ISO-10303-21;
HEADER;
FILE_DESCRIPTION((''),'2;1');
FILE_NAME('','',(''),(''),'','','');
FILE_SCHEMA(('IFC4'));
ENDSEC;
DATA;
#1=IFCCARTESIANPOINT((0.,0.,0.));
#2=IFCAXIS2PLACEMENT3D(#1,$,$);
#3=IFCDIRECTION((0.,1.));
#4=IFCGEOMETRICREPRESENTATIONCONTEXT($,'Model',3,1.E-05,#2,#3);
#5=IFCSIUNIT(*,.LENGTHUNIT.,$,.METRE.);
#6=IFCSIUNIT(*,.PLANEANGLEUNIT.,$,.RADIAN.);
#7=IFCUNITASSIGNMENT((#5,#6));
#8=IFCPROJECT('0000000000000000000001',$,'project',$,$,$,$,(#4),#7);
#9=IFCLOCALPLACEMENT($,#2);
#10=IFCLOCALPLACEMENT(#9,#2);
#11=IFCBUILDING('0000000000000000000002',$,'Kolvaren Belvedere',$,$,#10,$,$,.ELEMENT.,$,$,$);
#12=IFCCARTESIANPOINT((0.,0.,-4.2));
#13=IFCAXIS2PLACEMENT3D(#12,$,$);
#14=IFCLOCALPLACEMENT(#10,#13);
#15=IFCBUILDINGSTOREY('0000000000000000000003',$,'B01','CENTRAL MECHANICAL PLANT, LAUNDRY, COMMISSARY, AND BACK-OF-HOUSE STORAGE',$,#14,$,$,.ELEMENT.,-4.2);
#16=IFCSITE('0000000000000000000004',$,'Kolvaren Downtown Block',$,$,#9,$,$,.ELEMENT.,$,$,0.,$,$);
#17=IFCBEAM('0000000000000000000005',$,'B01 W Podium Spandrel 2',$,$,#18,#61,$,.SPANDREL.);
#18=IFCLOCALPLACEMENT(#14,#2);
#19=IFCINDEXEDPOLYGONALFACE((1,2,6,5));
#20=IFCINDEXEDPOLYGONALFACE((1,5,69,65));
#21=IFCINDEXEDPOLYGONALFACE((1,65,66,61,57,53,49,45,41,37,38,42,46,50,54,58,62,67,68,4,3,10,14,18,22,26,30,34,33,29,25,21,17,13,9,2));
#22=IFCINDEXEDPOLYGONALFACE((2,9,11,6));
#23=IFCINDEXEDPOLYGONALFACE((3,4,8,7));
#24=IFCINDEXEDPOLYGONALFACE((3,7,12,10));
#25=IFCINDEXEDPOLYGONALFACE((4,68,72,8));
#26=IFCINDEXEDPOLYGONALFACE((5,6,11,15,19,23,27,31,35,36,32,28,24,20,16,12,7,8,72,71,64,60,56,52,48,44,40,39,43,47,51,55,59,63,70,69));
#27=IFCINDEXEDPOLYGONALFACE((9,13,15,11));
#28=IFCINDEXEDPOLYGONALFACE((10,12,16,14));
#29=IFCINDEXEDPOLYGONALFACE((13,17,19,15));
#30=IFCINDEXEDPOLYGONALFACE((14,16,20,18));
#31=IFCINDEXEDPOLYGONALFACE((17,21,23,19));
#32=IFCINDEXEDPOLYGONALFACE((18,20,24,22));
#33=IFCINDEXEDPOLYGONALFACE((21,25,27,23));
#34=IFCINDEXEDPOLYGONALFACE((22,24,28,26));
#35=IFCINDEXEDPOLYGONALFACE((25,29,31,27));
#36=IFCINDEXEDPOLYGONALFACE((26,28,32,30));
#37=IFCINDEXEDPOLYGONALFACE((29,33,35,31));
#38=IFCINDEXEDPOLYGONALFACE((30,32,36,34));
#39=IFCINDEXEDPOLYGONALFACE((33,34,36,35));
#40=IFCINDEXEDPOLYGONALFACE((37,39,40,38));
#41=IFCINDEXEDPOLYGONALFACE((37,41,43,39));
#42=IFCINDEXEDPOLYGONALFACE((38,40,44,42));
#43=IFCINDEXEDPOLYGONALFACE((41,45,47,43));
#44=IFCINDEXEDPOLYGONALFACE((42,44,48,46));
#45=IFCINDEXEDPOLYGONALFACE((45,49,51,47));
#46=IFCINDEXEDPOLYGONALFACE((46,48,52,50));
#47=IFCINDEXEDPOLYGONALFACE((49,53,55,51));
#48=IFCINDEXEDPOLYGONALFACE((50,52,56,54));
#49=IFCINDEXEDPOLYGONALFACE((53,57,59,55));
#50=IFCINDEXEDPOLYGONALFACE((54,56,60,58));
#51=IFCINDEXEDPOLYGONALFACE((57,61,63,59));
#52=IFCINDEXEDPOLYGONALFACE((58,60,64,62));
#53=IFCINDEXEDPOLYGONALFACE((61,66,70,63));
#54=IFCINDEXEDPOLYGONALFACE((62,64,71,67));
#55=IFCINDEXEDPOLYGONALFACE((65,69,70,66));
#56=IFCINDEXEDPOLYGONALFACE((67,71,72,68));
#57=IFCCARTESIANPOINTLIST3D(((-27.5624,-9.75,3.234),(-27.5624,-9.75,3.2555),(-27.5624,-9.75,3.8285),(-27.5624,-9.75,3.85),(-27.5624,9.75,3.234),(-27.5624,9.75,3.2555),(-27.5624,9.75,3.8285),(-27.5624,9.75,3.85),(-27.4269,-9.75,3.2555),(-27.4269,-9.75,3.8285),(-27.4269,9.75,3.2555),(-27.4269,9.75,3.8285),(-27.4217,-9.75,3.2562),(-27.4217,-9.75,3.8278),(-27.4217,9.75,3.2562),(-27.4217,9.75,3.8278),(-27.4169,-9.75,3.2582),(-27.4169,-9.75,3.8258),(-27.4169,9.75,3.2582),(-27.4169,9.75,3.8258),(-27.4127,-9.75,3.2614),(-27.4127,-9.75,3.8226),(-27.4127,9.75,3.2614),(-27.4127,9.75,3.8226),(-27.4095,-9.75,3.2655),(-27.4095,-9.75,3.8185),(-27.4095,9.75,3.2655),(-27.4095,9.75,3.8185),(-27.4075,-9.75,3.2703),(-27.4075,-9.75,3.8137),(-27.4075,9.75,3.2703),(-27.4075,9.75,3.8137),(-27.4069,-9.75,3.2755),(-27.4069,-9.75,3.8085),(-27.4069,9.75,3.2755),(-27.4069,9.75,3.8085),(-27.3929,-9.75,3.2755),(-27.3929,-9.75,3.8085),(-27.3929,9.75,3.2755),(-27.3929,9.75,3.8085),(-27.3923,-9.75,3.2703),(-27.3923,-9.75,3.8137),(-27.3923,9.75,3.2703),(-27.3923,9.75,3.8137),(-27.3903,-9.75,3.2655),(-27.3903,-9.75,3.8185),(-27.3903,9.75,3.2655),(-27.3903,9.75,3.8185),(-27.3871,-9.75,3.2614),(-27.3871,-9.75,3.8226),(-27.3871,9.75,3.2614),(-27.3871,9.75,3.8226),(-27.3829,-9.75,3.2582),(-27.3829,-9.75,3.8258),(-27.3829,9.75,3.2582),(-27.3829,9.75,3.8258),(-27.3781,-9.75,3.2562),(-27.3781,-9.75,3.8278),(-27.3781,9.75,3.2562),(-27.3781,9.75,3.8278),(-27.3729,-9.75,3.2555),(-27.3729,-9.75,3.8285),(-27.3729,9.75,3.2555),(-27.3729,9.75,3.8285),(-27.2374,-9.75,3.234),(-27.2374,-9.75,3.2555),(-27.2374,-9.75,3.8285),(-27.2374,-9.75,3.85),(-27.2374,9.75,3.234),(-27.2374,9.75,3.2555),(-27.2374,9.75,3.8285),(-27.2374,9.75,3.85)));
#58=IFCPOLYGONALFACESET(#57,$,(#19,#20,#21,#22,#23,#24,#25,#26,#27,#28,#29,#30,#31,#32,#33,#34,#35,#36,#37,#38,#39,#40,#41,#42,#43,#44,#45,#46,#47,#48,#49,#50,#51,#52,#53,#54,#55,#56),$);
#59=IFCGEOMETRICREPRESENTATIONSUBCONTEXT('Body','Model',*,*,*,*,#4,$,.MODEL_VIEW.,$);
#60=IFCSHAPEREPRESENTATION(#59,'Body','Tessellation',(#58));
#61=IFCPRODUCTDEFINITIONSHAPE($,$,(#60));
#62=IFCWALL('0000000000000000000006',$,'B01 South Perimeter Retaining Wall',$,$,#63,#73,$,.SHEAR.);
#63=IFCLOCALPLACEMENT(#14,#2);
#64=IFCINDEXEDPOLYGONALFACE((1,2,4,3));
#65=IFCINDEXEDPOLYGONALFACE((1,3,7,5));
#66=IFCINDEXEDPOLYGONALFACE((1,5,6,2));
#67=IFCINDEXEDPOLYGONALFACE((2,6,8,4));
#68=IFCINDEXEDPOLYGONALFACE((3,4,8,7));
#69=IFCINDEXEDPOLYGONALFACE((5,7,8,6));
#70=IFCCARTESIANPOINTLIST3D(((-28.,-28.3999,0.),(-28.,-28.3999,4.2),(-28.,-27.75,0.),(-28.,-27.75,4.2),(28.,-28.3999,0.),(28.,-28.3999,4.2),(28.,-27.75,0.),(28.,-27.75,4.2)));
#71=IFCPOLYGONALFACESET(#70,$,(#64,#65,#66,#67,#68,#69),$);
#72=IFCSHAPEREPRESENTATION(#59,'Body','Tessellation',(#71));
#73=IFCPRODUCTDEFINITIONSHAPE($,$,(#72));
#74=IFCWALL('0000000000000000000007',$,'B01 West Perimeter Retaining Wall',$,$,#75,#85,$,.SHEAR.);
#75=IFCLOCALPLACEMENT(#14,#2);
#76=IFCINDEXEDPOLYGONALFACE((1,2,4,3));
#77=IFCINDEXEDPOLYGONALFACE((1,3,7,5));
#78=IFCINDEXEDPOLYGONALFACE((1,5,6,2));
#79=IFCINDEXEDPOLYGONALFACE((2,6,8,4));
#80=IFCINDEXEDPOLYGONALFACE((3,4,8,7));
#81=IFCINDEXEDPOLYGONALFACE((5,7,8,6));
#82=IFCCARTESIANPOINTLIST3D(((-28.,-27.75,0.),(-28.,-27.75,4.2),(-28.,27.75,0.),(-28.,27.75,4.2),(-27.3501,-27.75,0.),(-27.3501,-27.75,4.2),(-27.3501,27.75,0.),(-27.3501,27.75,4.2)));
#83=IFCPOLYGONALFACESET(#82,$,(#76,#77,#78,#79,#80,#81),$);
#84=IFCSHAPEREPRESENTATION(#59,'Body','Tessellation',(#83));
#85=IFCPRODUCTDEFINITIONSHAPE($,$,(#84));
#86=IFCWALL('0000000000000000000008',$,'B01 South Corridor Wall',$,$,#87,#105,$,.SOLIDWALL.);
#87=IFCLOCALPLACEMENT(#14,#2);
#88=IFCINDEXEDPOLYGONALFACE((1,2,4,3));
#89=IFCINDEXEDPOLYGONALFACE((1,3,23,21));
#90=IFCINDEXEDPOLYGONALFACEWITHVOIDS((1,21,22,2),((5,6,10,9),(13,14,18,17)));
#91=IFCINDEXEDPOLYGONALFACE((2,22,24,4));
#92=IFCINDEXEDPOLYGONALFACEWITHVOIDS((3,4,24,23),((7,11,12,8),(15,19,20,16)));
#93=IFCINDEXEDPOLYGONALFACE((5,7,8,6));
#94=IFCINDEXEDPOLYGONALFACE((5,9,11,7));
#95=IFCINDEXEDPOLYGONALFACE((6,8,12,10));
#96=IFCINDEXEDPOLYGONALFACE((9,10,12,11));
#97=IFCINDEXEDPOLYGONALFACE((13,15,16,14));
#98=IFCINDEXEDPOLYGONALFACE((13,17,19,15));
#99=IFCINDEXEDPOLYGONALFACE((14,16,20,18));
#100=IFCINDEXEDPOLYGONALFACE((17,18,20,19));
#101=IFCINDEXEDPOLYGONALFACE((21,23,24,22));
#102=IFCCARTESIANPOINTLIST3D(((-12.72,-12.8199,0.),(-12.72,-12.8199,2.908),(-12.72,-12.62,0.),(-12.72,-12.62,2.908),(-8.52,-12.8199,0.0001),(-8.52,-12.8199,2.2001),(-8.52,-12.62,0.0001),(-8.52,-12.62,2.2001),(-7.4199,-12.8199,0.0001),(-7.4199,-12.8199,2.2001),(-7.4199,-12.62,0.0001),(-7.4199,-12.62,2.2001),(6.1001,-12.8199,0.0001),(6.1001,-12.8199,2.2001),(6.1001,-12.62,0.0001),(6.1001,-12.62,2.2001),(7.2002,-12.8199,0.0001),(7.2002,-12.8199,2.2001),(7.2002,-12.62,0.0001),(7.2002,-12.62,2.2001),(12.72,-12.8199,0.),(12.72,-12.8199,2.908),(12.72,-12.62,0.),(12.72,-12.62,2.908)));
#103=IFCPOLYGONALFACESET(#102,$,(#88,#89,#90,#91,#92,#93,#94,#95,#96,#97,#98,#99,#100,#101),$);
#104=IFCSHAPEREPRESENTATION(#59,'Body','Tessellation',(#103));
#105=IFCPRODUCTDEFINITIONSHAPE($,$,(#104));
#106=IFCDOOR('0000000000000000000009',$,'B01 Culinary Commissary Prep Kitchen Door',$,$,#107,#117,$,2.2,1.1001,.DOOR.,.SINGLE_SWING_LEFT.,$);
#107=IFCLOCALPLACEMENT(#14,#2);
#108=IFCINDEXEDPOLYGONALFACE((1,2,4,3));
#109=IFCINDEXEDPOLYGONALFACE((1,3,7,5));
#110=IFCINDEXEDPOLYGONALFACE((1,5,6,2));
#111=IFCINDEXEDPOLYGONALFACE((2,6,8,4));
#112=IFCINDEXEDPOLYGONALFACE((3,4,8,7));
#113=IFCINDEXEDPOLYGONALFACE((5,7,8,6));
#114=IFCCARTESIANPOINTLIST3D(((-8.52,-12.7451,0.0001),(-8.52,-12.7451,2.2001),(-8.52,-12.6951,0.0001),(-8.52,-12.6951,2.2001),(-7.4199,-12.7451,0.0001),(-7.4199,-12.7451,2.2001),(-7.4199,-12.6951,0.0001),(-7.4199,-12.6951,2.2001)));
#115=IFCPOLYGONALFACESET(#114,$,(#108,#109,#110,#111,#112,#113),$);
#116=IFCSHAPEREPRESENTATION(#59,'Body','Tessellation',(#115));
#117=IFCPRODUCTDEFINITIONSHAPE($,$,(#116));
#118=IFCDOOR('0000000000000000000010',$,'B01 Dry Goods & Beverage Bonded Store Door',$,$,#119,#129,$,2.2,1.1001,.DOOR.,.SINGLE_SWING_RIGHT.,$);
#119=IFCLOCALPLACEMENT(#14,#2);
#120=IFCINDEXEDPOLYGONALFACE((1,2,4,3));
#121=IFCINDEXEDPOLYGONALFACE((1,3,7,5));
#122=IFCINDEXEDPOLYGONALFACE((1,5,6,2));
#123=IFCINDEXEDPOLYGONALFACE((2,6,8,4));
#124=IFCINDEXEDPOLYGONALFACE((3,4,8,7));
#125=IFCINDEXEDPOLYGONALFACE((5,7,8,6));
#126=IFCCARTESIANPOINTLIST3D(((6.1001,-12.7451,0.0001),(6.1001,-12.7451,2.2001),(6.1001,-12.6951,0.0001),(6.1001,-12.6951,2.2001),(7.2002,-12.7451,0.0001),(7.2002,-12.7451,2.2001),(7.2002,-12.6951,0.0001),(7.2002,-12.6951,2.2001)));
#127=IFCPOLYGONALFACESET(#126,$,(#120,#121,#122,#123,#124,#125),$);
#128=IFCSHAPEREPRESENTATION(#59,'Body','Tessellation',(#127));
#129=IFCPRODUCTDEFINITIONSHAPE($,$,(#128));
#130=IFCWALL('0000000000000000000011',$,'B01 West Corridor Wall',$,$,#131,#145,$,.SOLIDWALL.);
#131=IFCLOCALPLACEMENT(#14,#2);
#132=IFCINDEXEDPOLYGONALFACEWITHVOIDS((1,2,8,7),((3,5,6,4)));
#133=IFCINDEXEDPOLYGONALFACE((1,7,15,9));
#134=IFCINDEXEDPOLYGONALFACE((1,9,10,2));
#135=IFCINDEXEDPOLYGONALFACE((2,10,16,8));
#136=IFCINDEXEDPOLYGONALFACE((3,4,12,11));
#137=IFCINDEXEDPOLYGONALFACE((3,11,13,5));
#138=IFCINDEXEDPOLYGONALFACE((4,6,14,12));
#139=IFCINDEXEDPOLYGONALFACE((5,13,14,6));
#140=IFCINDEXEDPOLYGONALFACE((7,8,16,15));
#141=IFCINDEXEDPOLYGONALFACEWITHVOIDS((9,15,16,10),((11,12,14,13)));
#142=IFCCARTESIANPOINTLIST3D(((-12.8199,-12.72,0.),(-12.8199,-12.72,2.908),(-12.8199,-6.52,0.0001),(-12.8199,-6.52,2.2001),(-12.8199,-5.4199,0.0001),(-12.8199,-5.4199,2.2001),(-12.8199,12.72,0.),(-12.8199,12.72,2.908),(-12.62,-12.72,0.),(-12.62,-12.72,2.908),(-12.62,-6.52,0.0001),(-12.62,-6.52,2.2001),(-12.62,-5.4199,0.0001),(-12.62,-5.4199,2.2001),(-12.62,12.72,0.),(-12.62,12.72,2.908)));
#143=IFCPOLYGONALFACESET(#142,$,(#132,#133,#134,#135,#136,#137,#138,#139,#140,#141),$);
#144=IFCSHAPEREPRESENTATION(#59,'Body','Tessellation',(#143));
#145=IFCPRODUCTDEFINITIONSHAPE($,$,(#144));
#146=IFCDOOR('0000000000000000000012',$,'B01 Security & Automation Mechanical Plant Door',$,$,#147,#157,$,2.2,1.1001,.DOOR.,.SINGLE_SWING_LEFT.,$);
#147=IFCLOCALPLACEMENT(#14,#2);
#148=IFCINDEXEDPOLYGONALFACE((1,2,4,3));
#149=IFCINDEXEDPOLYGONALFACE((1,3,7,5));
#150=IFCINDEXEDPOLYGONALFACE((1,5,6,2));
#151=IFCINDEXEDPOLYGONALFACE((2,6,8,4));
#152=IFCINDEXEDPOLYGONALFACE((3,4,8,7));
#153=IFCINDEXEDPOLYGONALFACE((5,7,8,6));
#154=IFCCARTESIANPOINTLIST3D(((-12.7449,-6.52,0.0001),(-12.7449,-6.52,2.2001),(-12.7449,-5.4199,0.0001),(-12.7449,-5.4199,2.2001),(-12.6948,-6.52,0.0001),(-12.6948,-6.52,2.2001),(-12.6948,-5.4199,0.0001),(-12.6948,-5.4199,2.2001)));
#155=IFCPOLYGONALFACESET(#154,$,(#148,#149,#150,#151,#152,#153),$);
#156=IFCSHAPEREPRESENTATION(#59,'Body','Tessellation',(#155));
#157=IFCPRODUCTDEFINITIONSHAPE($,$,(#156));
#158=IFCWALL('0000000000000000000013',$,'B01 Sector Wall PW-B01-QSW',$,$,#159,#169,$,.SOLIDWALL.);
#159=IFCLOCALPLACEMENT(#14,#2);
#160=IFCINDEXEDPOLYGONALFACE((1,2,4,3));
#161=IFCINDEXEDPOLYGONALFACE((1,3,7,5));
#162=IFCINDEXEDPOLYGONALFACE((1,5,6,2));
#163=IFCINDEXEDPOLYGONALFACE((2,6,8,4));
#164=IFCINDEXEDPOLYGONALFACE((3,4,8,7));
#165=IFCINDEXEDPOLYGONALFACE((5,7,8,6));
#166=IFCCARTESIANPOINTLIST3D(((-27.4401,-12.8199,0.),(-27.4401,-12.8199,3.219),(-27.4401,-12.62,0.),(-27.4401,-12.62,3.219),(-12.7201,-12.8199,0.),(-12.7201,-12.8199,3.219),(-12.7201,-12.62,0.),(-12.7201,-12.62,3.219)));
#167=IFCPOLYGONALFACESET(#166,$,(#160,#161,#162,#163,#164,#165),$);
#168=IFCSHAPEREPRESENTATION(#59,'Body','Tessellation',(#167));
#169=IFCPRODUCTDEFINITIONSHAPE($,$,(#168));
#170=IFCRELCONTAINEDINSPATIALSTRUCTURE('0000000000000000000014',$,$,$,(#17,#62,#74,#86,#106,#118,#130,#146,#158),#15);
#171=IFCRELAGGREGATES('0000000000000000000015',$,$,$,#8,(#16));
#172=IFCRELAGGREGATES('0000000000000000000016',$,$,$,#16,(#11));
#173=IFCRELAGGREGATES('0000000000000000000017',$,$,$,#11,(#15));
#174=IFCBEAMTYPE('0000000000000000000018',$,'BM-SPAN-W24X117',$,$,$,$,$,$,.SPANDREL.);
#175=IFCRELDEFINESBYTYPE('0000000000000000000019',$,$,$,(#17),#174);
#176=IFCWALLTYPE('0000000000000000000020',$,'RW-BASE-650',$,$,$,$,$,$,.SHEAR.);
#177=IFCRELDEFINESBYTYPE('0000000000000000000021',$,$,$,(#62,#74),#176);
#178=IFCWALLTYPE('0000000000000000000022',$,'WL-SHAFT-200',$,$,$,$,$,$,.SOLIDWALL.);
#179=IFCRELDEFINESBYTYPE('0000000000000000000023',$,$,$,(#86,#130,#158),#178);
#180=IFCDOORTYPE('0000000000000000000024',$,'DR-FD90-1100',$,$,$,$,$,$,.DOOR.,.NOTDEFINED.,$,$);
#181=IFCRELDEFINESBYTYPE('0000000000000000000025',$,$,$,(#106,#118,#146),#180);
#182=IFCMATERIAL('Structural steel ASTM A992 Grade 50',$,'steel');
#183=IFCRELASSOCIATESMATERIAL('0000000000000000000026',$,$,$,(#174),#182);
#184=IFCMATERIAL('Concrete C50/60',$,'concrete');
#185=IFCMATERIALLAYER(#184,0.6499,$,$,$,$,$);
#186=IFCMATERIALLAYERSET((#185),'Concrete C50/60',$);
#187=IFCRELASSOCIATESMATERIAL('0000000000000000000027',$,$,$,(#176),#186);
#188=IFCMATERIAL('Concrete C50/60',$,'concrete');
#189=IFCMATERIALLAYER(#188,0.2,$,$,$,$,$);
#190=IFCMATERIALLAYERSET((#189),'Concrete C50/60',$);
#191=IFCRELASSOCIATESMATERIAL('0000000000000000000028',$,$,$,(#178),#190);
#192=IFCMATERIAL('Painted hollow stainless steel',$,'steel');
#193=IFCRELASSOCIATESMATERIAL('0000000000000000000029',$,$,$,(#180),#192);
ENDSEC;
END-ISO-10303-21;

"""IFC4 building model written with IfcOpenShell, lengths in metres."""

from ifc_helpers import new_model, si_unit, direction, frame, frame_2d, origin, origin_2d, place, context, subcontext, project, spatial, rectangle, i_section, extrude, material, layer, layer_set, material_profile, profile_set, type_object, element, fill, save


model = new_model("IFC4")

# Units and contexts
model_context = context("Model", 3, precision=1e-05, world=origin(), true_north=direction((0.0, 1.0)))
body_context = subcontext(model_context, "Body", "Model", "MODEL_VIEW")
ifc_project = project(units=[si_unit("LENGTHUNIT", "METRE"), si_unit("PLANEANGLEUNIT", "RADIAN")], contexts=[model_context])

# Site, building, storey
site_placement = place(None, origin())
site = spatial("IfcSite", under=ifc_project, at=site_placement, Name="Kolvaren Downtown Block", CompositionType="ELEMENT", RefElevation=0.0)
building_placement = place(site_placement, origin())
building = spatial("IfcBuilding", under=site, at=building_placement, Name="Kolvaren Belvedere", CompositionType="ELEMENT")
storey_placement = place(building_placement, frame((0.0, 0.0, -4.2)))
storey = spatial("IfcBuildingStorey", under=building, at=storey_placement, Name="B01", Description="CENTRAL MECHANICAL PLANT, LAUNDRY, COMMISSARY, AND BACK-OF-HOUSE STORAGE", CompositionType="ELEMENT", Elevation=-4.2)

# Beam
ifc_material_1 = material(Name="Structural steel ASTM A992 Grade 50", Category="steel")
ifc_material_profile_1 = material_profile(ifc_material_1, i_section(OverallWidth=0.325, OverallDepth=0.616, WebThickness=0.0139, FlangeThickness=0.0215, FilletRadius=0.02, at=origin_2d()), Name="W24X117")
ifc_profile_set_1 = profile_set([ifc_material_profile_1], Name="Structural steel ASTM A992 Grade 50")
beam_type_1 = type_object("IfcBeamType", Name="BM-SPAN-W24X117", PredefinedType="SPANDREL", material=ifc_profile_set_1)
beam_1_placement = place(storey_placement, frame((-27.3999, -9.75, 3.542), z_axis=(0.0, 1.0, 0.0), x_axis=(-1.0, 0.0, 0.0)))
element("IfcBeam", 1, at=beam_1_placement, inside=storey, type_object=beam_type_1, Name="B01 W Podium Spandrel 2", PredefinedType="SPANDREL", context=body_context, shape_type="SweptSolid", body=[
    extrude(i_section(OverallWidth=0.325, OverallDepth=0.616, WebThickness=0.0139, FlangeThickness=0.0215, FilletRadius=0.02, at=origin_2d()), origin(), (0.0, 0.0, 1.0), 19.5),
])

# Walls
ifc_material_2 = material(Name="Concrete C50/60", Category="concrete")
ifc_layer_1 = layer(ifc_material_2, 0.6499)
ifc_layer_set_1 = layer_set([ifc_layer_1], Name="Concrete C50/60")
wall_type_1 = type_object("IfcWallType", Name="RW-BASE-650", PredefinedType="SHEAR", material=ifc_layer_set_1)
wall_1_placement = place(storey_placement, frame((-28.0, -28.075, 0.0), z_axis=(0.0, 0.0, 1.0), x_axis=(1.0, 0.0, 0.0)))
element("IfcWall", 2, at=wall_1_placement, inside=storey, type_object=wall_type_1, Name="B01 South Perimeter Retaining Wall", PredefinedType="SHEAR", context=body_context, shape_type="SweptSolid", body=[
    extrude(rectangle(XDim=56.0, YDim=0.6499, at=frame_2d((28.0, 0.0))), origin(), (0.0, 0.0, 1.0), 4.2),
])
wall_2_placement = place(storey_placement, frame((-27.675, -27.75, 0.0), z_axis=(0.0, 0.0, 1.0), x_axis=(0.0, 1.0, 0.0)))
element("IfcWall", 3, at=wall_2_placement, inside=storey, type_object=wall_type_1, Name="B01 West Perimeter Retaining Wall", PredefinedType="SHEAR", context=body_context, shape_type="SweptSolid", body=[
    extrude(rectangle(XDim=55.5, YDim=0.6499, at=frame_2d((27.75, 0.0))), origin(), (0.0, 0.0, 1.0), 4.2),
])

# Wall, openings, doors
ifc_material_3 = material(Name="Concrete C50/60", Category="concrete")
ifc_layer_2 = layer(ifc_material_3, 0.2)
ifc_layer_set_2 = layer_set([ifc_layer_2], Name="Concrete C50/60")
wall_type_2 = type_object("IfcWallType", Name="WL-SHAFT-200", PredefinedType="SOLIDWALL", material=ifc_layer_set_2)
wall_3_placement = place(storey_placement, frame((-12.72, -12.72, 0.0), z_axis=(0.0, 0.0, 1.0), x_axis=(1.0, 0.0, 0.0)))
wall_3 = element("IfcWall", 4, at=wall_3_placement, inside=storey, type_object=wall_type_2, Name="B01 South Corridor Wall", PredefinedType="SOLIDWALL", context=body_context, shape_type="SweptSolid", body=[
    extrude(rectangle(XDim=25.4399, YDim=0.2, at=frame_2d((12.72, 0.0))), origin(), (0.0, 0.0, 1.0), 2.908),
])
opening_1_placement = place(wall_3_placement, frame((4.2, 0.0, 0.0)))
opening_1 = element("IfcOpeningElement", 5, at=opening_1_placement, cuts=wall_3, PredefinedType="OPENING", context=body_context, shape_type="SweptSolid", body=[
    extrude(rectangle(XDim=1.1001, YDim=2.2, at=frame_2d((0.55, 1.1001))), frame((0.0, 0.1099, 0.0), z_axis=(0.0, -1.0, 0.0), x_axis=(1.0, 0.0, 0.0)), (0.0, 0.0, 1.0), 0.22),
])
opening_2_placement = place(wall_3_placement, frame((18.8201, 0.0, 0.0)))
opening_2 = element("IfcOpeningElement", 6, at=opening_2_placement, cuts=wall_3, PredefinedType="OPENING", context=body_context, shape_type="SweptSolid", body=[
    extrude(rectangle(XDim=1.1001, YDim=2.2, at=frame_2d((0.55, 1.1001))), frame((0.0, 0.1099, 0.0), z_axis=(0.0, -1.0, 0.0), x_axis=(1.0, 0.0, 0.0)), (0.0, 0.0, 1.0), 0.22),
])
ifc_material_4 = material(Name="Painted hollow stainless steel", Category="steel")
door_type = type_object("IfcDoorType", Name="DR-FD90-1100", OperationType="NOTDEFINED", PredefinedType="DOOR", material=ifc_material_4)
door_1_placement = place(opening_1_placement, origin())
door_1 = element("IfcDoor", 7, at=door_1_placement, inside=storey, type_object=door_type, Name="B01 Culinary Commissary Prep Kitchen Door", OperationType="SINGLE_SWING_LEFT", OverallHeight=2.2, OverallWidth=1.1001, PredefinedType="DOOR", context=body_context, shape_type="SweptSolid", body=[
    extrude(rectangle(XDim=1.1001, YDim=2.2, at=frame_2d((0.55, 1.1001))), frame((0.0, 0.0249, 0.0), z_axis=(0.0, -1.0, 0.0), x_axis=(1.0, 0.0, 0.0)), (0.0, 0.0, 1.0), 0.05),
])
fill(opening_1, door_1)
door_2_placement = place(opening_2_placement, origin())
door_2 = element("IfcDoor", 8, at=door_2_placement, inside=storey, type_object=door_type, Name="B01 Dry Goods & Beverage Bonded Store Door", OperationType="SINGLE_SWING_RIGHT", OverallHeight=2.2, OverallWidth=1.1001, PredefinedType="DOOR", context=body_context, shape_type="SweptSolid", body=[
    extrude(rectangle(XDim=1.1001, YDim=2.2, at=frame_2d((0.55, 1.1001))), frame((0.0, 0.0249, 0.0), z_axis=(0.0, -1.0, 0.0), x_axis=(1.0, 0.0, 0.0)), (0.0, 0.0, 1.0), 0.05),
])
fill(opening_2, door_2)

# Wall, opening, door
wall_4_placement = place(storey_placement, frame((-12.72, -12.72, 0.0), z_axis=(0.0, 0.0, 1.0), x_axis=(0.0, 1.0, 0.0)))
wall_4 = element("IfcWall", 9, at=wall_4_placement, inside=storey, type_object=wall_type_2, Name="B01 West Corridor Wall", PredefinedType="SOLIDWALL", context=body_context, shape_type="SweptSolid", body=[
    extrude(rectangle(XDim=25.4399, YDim=0.2, at=frame_2d((12.72, 0.0))), origin(), (0.0, 0.0, 1.0), 2.908),
])
opening_3_placement = place(wall_4_placement, frame((6.2, 0.0, 0.0)))
opening_3 = element("IfcOpeningElement", 10, at=opening_3_placement, cuts=wall_4, PredefinedType="OPENING", context=body_context, shape_type="SweptSolid", body=[
    extrude(rectangle(XDim=1.1001, YDim=2.2, at=frame_2d((0.55, 1.1001))), frame((0.0, 0.1099, 0.0), z_axis=(0.0, -1.0, 0.0), x_axis=(1.0, 0.0, 0.0)), (0.0, 0.0, 1.0), 0.22),
])
door_3_placement = place(opening_3_placement, origin())
door_3 = element("IfcDoor", 11, at=door_3_placement, inside=storey, type_object=door_type, Name="B01 Security & Automation Mechanical Plant Door", OperationType="SINGLE_SWING_LEFT", OverallHeight=2.2, OverallWidth=1.1001, PredefinedType="DOOR", context=body_context, shape_type="SweptSolid", body=[
    extrude(rectangle(XDim=1.1001, YDim=2.2, at=frame_2d((0.55, 1.1001))), frame((0.0, 0.0249, 0.0), z_axis=(0.0, -1.0, 0.0), x_axis=(1.0, 0.0, 0.0)), (0.0, 0.0, 1.0), 0.05),
])
fill(opening_3, door_3)

# Wall
wall_5_placement = place(storey_placement, frame((-27.4399, -12.72, 0.0), z_axis=(0.0, 0.0, 1.0), x_axis=(1.0, 0.0, 0.0)))
element("IfcWall", 12, at=wall_5_placement, inside=storey, type_object=wall_type_2, Name="B01 Sector Wall PW-B01-QSW", PredefinedType="SOLIDWALL", context=body_context, shape_type="SweptSolid", body=[
    extrude(rectangle(XDim=14.72, YDim=0.2, at=frame_2d((7.3599, 0.0))), origin(), (0.0, 0.0, 1.0), 3.219),
])

save(model, "model.ifc")
